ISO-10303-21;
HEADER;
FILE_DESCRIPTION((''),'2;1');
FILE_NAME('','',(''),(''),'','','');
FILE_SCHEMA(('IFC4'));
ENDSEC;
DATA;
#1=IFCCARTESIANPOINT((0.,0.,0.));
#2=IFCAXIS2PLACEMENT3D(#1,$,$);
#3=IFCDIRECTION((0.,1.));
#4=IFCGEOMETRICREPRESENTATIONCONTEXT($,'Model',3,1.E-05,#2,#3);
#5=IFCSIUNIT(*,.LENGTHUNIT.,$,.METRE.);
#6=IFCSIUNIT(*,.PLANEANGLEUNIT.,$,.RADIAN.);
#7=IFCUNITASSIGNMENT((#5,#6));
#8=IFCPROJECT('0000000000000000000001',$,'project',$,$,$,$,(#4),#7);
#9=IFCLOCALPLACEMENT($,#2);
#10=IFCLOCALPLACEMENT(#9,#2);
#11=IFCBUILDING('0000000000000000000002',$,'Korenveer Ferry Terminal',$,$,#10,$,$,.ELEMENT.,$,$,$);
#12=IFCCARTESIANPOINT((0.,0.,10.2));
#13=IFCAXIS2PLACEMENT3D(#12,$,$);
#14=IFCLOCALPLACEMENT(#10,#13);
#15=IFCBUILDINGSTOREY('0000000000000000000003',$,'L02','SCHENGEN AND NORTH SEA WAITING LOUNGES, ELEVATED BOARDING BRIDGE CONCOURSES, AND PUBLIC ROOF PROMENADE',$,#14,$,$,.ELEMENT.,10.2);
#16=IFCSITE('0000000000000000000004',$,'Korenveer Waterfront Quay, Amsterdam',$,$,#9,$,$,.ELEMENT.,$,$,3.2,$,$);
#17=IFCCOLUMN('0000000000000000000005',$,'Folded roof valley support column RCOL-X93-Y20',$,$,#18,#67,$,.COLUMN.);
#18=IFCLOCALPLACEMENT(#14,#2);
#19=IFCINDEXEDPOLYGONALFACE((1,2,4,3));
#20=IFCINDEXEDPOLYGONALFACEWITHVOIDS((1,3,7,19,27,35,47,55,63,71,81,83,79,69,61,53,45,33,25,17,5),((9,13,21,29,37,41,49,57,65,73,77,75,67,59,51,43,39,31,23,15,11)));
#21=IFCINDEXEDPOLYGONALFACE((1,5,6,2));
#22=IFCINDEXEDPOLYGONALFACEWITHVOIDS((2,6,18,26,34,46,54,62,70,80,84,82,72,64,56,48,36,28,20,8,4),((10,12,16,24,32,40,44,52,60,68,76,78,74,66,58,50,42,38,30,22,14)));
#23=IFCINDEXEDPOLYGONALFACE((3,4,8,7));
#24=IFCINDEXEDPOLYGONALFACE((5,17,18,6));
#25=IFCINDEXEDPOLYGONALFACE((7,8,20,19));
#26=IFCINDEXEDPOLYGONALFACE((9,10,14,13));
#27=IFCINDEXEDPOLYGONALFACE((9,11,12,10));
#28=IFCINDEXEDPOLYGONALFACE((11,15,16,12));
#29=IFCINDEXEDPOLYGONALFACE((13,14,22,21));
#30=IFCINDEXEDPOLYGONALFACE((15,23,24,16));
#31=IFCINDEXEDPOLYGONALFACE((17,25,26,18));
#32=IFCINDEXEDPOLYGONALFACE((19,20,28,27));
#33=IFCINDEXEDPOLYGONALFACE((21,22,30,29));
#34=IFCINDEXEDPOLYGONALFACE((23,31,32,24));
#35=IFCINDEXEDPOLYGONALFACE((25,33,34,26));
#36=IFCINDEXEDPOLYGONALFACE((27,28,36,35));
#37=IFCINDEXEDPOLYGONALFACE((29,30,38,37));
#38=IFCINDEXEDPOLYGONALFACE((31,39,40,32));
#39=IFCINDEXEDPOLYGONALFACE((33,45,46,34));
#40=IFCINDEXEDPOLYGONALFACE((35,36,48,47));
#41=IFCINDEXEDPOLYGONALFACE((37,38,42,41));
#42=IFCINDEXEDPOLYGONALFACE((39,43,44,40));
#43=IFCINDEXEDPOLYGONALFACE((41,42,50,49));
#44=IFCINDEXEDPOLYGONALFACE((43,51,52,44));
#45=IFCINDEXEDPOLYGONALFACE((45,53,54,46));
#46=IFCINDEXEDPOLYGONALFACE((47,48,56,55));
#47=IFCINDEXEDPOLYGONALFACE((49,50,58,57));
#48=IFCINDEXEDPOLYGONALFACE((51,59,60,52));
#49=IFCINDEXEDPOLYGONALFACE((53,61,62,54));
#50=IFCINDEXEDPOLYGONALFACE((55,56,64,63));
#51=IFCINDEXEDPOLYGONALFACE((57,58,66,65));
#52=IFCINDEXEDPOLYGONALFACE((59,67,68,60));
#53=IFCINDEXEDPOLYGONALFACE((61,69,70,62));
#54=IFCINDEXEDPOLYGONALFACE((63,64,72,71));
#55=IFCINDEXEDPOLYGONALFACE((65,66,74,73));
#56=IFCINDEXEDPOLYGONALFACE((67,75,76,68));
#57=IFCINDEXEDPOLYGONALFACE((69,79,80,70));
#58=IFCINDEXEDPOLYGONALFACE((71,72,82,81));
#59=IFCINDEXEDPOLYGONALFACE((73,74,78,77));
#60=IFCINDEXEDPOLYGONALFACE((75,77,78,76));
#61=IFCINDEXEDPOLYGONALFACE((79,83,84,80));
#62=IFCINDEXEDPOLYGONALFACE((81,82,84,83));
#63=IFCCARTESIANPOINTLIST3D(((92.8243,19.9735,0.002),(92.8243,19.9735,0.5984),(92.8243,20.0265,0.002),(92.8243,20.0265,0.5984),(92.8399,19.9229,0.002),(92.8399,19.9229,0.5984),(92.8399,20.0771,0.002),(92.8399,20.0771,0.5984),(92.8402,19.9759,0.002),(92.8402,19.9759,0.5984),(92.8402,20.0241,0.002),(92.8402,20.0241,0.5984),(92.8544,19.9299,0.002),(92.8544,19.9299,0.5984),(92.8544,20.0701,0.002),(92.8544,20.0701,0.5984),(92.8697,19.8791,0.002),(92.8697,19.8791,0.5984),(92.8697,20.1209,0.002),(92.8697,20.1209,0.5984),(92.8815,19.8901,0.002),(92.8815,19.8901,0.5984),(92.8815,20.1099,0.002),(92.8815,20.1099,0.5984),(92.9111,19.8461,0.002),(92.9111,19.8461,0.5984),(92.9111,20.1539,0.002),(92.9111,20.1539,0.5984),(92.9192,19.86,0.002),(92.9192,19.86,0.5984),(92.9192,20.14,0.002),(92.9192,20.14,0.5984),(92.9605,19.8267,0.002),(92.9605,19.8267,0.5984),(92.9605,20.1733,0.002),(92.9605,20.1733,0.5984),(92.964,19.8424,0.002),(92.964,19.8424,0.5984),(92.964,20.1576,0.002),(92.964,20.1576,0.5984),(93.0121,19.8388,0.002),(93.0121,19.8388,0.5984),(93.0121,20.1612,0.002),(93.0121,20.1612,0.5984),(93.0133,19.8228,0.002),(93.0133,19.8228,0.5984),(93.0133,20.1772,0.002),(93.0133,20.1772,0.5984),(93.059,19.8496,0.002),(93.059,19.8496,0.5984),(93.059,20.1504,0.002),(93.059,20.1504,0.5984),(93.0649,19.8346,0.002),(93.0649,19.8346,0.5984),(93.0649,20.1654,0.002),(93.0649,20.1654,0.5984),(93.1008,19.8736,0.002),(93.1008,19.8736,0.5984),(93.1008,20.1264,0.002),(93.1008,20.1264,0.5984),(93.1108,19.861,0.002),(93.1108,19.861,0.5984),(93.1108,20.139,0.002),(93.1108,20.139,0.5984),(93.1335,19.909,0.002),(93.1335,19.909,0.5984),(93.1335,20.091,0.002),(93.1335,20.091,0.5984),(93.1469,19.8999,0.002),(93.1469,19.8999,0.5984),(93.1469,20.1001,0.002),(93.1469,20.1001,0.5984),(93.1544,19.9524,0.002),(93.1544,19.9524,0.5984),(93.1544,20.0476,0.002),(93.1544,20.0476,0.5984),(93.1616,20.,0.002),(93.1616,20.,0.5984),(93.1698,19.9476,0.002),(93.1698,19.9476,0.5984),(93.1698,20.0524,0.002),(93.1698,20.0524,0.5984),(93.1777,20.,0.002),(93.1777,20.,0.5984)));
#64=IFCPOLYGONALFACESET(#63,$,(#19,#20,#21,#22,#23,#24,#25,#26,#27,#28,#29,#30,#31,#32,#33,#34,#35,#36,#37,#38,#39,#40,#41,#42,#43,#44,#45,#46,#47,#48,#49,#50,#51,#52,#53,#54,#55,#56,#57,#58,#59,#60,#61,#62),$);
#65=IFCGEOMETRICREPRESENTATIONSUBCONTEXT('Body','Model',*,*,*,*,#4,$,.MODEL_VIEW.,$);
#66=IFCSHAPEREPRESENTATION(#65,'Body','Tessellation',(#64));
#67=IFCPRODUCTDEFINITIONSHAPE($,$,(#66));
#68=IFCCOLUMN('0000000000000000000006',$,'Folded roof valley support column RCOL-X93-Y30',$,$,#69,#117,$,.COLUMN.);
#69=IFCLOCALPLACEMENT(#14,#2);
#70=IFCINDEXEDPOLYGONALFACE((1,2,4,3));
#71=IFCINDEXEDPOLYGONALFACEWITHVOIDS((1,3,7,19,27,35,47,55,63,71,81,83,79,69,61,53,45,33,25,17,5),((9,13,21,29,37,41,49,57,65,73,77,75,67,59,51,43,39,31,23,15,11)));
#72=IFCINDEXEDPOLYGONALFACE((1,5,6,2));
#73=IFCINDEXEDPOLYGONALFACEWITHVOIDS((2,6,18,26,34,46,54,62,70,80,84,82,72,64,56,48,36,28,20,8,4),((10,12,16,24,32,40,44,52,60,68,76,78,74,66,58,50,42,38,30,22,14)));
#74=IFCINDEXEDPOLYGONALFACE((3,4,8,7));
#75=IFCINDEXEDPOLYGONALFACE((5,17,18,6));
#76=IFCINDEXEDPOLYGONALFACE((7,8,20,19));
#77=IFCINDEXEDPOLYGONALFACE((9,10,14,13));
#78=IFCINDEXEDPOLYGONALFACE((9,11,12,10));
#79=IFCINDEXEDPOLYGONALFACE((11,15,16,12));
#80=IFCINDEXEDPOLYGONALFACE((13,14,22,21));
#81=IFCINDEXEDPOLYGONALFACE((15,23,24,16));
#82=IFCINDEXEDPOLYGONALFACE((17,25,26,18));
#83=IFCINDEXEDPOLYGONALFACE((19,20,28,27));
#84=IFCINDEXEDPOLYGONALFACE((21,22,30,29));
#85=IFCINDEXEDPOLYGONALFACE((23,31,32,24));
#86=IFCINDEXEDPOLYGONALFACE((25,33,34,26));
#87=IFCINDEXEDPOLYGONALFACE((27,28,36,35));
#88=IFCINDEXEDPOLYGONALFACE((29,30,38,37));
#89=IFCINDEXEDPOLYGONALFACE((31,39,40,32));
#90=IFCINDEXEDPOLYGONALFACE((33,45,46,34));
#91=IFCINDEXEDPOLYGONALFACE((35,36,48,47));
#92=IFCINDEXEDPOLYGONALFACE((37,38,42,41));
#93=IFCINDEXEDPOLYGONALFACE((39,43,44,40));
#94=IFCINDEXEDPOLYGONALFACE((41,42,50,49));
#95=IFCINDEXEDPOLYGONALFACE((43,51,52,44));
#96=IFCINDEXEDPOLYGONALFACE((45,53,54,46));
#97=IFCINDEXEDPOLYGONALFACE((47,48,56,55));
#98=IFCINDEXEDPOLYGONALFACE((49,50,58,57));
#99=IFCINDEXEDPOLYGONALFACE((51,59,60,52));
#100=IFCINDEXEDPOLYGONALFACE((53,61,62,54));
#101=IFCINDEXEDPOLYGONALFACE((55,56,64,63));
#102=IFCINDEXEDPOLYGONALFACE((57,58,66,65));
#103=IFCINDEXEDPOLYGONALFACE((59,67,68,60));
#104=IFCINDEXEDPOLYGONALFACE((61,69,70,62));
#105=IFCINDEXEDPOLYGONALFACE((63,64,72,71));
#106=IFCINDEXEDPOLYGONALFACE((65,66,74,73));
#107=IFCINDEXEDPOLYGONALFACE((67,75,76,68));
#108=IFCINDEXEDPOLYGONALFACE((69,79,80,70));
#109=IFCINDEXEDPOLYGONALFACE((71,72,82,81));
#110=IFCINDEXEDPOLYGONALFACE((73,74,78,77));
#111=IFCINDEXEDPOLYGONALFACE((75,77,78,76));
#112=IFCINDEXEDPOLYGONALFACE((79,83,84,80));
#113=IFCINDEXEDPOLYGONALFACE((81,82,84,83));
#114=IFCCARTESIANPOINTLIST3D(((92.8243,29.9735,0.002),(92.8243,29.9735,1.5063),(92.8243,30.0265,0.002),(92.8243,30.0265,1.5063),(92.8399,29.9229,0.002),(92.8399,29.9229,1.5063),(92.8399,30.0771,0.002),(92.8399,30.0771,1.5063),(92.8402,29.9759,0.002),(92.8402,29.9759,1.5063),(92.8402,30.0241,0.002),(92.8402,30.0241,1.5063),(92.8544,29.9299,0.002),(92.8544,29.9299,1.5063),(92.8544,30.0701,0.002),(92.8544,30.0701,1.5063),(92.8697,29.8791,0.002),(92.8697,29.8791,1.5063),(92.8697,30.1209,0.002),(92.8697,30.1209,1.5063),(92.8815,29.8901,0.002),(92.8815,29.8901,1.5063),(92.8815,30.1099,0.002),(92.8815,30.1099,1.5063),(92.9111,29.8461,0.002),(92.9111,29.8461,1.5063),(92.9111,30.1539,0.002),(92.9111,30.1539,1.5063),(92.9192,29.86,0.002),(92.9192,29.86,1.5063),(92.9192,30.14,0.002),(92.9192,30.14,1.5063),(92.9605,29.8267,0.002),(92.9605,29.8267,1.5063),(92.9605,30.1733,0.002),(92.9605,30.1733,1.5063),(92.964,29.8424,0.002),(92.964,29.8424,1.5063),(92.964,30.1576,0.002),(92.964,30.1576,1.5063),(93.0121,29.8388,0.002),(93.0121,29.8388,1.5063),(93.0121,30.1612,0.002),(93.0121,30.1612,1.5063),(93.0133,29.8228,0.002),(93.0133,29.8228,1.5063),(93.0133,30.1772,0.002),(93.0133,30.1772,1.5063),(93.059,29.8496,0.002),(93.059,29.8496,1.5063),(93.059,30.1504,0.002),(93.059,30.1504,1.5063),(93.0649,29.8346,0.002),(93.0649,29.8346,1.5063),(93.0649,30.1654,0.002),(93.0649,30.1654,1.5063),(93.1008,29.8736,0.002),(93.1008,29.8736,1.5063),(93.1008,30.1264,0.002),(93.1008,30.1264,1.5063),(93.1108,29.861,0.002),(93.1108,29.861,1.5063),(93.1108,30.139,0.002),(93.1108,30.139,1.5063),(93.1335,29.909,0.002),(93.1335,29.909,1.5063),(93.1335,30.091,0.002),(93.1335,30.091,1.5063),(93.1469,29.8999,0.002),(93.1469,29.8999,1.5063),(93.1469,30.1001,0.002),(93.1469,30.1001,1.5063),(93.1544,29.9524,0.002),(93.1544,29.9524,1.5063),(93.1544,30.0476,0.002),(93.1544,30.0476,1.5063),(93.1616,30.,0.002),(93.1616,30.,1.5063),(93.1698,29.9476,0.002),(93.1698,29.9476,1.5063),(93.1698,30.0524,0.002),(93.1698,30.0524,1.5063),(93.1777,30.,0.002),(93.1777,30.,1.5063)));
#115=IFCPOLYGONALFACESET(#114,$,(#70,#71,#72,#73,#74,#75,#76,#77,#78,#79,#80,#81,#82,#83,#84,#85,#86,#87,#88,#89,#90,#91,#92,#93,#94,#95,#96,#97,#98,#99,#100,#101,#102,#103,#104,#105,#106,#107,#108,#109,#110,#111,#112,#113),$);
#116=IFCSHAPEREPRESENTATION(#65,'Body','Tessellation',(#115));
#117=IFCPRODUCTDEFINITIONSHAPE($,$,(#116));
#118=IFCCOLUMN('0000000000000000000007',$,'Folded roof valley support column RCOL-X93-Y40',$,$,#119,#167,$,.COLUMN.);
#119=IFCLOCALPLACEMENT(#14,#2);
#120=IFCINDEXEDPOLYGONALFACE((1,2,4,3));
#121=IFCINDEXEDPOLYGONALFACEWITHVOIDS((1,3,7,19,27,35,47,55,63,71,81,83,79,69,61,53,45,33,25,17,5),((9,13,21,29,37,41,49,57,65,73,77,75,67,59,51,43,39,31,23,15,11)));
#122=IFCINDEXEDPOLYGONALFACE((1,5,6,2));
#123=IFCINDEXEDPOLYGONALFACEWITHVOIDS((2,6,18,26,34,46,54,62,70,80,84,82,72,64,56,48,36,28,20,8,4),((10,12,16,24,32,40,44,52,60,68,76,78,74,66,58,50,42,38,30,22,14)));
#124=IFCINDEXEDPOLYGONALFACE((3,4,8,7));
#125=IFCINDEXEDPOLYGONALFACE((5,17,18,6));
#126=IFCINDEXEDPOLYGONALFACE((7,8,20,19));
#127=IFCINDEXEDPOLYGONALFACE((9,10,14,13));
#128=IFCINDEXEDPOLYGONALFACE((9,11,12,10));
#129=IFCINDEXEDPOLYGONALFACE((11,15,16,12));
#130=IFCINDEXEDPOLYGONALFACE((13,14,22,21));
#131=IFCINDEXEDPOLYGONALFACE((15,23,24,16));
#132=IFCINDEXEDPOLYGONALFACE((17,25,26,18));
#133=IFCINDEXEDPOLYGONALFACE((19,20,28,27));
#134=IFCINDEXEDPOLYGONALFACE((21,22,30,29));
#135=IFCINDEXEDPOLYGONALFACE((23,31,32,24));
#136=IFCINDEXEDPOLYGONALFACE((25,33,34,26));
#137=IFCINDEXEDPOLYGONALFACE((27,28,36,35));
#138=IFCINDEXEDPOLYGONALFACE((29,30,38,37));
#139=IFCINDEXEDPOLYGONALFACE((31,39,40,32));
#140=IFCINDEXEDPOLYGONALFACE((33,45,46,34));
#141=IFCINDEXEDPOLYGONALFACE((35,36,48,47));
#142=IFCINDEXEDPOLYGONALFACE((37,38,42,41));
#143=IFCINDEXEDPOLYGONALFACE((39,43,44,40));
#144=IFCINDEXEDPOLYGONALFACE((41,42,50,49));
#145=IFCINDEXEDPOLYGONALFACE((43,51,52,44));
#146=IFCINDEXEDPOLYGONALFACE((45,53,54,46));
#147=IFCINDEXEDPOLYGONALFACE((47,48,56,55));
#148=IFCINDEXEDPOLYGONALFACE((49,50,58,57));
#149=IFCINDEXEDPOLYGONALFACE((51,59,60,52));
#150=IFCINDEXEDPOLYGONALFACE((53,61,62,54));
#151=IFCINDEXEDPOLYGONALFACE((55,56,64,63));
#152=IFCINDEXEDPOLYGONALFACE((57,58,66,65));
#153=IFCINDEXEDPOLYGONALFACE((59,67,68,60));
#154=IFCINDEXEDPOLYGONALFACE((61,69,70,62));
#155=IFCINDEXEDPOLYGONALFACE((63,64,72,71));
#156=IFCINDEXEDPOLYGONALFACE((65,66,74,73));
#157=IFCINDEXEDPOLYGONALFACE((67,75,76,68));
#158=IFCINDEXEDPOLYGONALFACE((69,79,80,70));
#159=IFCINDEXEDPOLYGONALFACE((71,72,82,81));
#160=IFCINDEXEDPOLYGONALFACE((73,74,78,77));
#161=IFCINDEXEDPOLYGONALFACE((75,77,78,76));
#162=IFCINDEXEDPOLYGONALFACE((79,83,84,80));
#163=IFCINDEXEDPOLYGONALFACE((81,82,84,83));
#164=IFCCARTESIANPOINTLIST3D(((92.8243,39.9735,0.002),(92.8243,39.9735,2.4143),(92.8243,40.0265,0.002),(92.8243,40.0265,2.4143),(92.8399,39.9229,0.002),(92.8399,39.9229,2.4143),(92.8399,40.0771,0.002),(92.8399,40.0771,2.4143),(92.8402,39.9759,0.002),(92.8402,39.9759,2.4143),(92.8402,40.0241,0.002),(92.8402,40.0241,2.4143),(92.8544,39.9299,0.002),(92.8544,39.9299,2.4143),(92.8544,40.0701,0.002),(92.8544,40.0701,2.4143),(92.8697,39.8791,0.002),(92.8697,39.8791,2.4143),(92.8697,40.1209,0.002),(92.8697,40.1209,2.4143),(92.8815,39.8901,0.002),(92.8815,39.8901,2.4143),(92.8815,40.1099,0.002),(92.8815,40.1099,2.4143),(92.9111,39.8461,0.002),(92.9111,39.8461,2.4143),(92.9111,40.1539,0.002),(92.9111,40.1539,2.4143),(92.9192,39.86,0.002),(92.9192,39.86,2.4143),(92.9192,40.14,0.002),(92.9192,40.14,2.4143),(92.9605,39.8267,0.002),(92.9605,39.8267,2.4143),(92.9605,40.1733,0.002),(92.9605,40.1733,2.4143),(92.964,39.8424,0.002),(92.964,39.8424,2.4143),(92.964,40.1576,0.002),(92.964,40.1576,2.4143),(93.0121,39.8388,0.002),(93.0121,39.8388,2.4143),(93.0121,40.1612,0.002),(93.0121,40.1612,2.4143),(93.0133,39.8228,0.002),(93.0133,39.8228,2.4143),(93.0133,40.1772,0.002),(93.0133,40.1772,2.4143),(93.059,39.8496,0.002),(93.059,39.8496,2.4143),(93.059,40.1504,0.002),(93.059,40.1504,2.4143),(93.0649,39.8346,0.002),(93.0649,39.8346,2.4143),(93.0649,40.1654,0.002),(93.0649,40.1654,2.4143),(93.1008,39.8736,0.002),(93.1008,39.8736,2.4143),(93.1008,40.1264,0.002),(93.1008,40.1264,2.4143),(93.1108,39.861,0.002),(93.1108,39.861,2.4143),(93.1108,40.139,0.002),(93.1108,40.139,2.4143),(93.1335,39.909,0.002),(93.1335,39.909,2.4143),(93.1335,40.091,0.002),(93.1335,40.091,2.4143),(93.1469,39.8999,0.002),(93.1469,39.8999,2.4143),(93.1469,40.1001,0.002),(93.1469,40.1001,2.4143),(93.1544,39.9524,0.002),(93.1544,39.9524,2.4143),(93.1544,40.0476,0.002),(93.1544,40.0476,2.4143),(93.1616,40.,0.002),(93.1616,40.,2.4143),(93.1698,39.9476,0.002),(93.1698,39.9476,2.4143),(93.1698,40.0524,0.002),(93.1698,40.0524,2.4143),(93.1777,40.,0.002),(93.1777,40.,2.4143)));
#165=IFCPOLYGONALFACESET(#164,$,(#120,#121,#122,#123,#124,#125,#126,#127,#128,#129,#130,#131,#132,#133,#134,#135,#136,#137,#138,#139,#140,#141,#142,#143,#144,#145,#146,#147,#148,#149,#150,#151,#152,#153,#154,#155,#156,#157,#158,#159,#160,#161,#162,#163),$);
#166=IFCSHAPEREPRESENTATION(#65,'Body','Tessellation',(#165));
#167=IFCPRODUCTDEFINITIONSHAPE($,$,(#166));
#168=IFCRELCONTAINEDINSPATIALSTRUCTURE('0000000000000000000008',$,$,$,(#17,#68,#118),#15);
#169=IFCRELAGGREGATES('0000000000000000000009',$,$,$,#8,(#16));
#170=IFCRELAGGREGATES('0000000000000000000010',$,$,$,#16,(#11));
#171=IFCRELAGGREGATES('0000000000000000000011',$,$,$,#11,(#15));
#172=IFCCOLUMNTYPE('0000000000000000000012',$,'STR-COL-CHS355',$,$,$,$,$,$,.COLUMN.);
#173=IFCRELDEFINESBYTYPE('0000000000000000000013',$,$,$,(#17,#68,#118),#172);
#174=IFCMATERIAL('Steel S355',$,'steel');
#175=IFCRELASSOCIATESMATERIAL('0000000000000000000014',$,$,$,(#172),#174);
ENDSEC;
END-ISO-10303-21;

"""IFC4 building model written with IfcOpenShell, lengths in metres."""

from ifc_helpers import new_model, si_unit, direction, frame, origin, origin_2d, place, context, subcontext, project, spatial, hollow_circle, extrude, material, material_profile, profile_set, type_object, element, save


model = new_model("IFC4")

# Units and contexts
model_context = context("Model", 3, precision=1e-05, world=origin(), true_north=direction((0.0, 1.0)))
body_context = subcontext(model_context, "Body", "Model", "MODEL_VIEW")
ifc_project = project(units=[si_unit("LENGTHUNIT", "METRE"), si_unit("PLANEANGLEUNIT", "RADIAN")], contexts=[model_context])

# Site, building, storey
site_placement = place(None, origin())
site = spatial("IfcSite", under=ifc_project, at=site_placement, Name="Korenveer Waterfront Quay, Amsterdam", CompositionType="ELEMENT", RefElevation=3.2)
building_placement = place(site_placement, origin())
building = spatial("IfcBuilding", under=site, at=building_placement, Name="Korenveer Ferry Terminal", CompositionType="ELEMENT")
storey_placement = place(building_placement, frame((0.0, 0.0, 10.2)))
storey = spatial("IfcBuildingStorey", under=building, at=storey_placement, Name="L02", Description="SCHENGEN AND NORTH SEA WAITING LOUNGES, ELEVATED BOARDING BRIDGE CONCOURSES, AND PUBLIC ROOF PROMENADE", CompositionType="ELEMENT", Elevation=10.2)

# Columns
ifc_material_1 = material(Name="Steel S355", Category="steel")
ifc_material_profile_1 = material_profile(ifc_material_1, hollow_circle(Radius=0.1777, WallThickness=0.0161, at=origin_2d()), Name="CHS 355.6x16")
ifc_profile_set_1 = profile_set([ifc_material_profile_1], Name="Steel S355")
column_type_1 = type_object("IfcColumnType", Name="STR-COL-CHS355", PredefinedType="COLUMN", material=ifc_profile_set_1)
column_1_placement = place(storey_placement, frame((93.0, 20.0, 0.002), z_axis=(0.0, 0.0, 1.0), x_axis=(1.0, 0.0, 0.0)))
element("IfcColumn", 1, at=column_1_placement, inside=storey, type_object=column_type_1, Name="Folded roof valley support column RCOL-X93-Y20", PredefinedType="COLUMN", context=body_context, shape_type="SweptSolid", body=[
    extrude(hollow_circle(Radius=0.1777, WallThickness=0.0161, at=origin_2d()), origin(), (0.0, 0.0, 1.0), 0.5964),
])
column_2_placement = place(storey_placement, frame((93.0, 30.0, 0.002), z_axis=(0.0, 0.0, 1.0), x_axis=(1.0, 0.0, 0.0)))
element("IfcColumn", 2, at=column_2_placement, inside=storey, type_object=column_type_1, Name="Folded roof valley support column RCOL-X93-Y30", PredefinedType="COLUMN", context=body_context, shape_type="SweptSolid", body=[
    extrude(hollow_circle(Radius=0.1777, WallThickness=0.0161, at=origin_2d()), origin(), (0.0, 0.0, 1.0), 1.5044),
])
column_3_placement = place(storey_placement, frame((93.0, 40.0, 0.002), z_axis=(0.0, 0.0, 1.0), x_axis=(1.0, 0.0, 0.0)))
element("IfcColumn", 3, at=column_3_placement, inside=storey, type_object=column_type_1, Name="Folded roof valley support column RCOL-X93-Y40", PredefinedType="COLUMN", context=body_context, shape_type="SweptSolid", body=[
    extrude(hollow_circle(Radius=0.1777, WallThickness=0.0161, at=origin_2d()), origin(), (0.0, 0.0, 1.0), 2.4124),
])

save(model, "model.ifc")
